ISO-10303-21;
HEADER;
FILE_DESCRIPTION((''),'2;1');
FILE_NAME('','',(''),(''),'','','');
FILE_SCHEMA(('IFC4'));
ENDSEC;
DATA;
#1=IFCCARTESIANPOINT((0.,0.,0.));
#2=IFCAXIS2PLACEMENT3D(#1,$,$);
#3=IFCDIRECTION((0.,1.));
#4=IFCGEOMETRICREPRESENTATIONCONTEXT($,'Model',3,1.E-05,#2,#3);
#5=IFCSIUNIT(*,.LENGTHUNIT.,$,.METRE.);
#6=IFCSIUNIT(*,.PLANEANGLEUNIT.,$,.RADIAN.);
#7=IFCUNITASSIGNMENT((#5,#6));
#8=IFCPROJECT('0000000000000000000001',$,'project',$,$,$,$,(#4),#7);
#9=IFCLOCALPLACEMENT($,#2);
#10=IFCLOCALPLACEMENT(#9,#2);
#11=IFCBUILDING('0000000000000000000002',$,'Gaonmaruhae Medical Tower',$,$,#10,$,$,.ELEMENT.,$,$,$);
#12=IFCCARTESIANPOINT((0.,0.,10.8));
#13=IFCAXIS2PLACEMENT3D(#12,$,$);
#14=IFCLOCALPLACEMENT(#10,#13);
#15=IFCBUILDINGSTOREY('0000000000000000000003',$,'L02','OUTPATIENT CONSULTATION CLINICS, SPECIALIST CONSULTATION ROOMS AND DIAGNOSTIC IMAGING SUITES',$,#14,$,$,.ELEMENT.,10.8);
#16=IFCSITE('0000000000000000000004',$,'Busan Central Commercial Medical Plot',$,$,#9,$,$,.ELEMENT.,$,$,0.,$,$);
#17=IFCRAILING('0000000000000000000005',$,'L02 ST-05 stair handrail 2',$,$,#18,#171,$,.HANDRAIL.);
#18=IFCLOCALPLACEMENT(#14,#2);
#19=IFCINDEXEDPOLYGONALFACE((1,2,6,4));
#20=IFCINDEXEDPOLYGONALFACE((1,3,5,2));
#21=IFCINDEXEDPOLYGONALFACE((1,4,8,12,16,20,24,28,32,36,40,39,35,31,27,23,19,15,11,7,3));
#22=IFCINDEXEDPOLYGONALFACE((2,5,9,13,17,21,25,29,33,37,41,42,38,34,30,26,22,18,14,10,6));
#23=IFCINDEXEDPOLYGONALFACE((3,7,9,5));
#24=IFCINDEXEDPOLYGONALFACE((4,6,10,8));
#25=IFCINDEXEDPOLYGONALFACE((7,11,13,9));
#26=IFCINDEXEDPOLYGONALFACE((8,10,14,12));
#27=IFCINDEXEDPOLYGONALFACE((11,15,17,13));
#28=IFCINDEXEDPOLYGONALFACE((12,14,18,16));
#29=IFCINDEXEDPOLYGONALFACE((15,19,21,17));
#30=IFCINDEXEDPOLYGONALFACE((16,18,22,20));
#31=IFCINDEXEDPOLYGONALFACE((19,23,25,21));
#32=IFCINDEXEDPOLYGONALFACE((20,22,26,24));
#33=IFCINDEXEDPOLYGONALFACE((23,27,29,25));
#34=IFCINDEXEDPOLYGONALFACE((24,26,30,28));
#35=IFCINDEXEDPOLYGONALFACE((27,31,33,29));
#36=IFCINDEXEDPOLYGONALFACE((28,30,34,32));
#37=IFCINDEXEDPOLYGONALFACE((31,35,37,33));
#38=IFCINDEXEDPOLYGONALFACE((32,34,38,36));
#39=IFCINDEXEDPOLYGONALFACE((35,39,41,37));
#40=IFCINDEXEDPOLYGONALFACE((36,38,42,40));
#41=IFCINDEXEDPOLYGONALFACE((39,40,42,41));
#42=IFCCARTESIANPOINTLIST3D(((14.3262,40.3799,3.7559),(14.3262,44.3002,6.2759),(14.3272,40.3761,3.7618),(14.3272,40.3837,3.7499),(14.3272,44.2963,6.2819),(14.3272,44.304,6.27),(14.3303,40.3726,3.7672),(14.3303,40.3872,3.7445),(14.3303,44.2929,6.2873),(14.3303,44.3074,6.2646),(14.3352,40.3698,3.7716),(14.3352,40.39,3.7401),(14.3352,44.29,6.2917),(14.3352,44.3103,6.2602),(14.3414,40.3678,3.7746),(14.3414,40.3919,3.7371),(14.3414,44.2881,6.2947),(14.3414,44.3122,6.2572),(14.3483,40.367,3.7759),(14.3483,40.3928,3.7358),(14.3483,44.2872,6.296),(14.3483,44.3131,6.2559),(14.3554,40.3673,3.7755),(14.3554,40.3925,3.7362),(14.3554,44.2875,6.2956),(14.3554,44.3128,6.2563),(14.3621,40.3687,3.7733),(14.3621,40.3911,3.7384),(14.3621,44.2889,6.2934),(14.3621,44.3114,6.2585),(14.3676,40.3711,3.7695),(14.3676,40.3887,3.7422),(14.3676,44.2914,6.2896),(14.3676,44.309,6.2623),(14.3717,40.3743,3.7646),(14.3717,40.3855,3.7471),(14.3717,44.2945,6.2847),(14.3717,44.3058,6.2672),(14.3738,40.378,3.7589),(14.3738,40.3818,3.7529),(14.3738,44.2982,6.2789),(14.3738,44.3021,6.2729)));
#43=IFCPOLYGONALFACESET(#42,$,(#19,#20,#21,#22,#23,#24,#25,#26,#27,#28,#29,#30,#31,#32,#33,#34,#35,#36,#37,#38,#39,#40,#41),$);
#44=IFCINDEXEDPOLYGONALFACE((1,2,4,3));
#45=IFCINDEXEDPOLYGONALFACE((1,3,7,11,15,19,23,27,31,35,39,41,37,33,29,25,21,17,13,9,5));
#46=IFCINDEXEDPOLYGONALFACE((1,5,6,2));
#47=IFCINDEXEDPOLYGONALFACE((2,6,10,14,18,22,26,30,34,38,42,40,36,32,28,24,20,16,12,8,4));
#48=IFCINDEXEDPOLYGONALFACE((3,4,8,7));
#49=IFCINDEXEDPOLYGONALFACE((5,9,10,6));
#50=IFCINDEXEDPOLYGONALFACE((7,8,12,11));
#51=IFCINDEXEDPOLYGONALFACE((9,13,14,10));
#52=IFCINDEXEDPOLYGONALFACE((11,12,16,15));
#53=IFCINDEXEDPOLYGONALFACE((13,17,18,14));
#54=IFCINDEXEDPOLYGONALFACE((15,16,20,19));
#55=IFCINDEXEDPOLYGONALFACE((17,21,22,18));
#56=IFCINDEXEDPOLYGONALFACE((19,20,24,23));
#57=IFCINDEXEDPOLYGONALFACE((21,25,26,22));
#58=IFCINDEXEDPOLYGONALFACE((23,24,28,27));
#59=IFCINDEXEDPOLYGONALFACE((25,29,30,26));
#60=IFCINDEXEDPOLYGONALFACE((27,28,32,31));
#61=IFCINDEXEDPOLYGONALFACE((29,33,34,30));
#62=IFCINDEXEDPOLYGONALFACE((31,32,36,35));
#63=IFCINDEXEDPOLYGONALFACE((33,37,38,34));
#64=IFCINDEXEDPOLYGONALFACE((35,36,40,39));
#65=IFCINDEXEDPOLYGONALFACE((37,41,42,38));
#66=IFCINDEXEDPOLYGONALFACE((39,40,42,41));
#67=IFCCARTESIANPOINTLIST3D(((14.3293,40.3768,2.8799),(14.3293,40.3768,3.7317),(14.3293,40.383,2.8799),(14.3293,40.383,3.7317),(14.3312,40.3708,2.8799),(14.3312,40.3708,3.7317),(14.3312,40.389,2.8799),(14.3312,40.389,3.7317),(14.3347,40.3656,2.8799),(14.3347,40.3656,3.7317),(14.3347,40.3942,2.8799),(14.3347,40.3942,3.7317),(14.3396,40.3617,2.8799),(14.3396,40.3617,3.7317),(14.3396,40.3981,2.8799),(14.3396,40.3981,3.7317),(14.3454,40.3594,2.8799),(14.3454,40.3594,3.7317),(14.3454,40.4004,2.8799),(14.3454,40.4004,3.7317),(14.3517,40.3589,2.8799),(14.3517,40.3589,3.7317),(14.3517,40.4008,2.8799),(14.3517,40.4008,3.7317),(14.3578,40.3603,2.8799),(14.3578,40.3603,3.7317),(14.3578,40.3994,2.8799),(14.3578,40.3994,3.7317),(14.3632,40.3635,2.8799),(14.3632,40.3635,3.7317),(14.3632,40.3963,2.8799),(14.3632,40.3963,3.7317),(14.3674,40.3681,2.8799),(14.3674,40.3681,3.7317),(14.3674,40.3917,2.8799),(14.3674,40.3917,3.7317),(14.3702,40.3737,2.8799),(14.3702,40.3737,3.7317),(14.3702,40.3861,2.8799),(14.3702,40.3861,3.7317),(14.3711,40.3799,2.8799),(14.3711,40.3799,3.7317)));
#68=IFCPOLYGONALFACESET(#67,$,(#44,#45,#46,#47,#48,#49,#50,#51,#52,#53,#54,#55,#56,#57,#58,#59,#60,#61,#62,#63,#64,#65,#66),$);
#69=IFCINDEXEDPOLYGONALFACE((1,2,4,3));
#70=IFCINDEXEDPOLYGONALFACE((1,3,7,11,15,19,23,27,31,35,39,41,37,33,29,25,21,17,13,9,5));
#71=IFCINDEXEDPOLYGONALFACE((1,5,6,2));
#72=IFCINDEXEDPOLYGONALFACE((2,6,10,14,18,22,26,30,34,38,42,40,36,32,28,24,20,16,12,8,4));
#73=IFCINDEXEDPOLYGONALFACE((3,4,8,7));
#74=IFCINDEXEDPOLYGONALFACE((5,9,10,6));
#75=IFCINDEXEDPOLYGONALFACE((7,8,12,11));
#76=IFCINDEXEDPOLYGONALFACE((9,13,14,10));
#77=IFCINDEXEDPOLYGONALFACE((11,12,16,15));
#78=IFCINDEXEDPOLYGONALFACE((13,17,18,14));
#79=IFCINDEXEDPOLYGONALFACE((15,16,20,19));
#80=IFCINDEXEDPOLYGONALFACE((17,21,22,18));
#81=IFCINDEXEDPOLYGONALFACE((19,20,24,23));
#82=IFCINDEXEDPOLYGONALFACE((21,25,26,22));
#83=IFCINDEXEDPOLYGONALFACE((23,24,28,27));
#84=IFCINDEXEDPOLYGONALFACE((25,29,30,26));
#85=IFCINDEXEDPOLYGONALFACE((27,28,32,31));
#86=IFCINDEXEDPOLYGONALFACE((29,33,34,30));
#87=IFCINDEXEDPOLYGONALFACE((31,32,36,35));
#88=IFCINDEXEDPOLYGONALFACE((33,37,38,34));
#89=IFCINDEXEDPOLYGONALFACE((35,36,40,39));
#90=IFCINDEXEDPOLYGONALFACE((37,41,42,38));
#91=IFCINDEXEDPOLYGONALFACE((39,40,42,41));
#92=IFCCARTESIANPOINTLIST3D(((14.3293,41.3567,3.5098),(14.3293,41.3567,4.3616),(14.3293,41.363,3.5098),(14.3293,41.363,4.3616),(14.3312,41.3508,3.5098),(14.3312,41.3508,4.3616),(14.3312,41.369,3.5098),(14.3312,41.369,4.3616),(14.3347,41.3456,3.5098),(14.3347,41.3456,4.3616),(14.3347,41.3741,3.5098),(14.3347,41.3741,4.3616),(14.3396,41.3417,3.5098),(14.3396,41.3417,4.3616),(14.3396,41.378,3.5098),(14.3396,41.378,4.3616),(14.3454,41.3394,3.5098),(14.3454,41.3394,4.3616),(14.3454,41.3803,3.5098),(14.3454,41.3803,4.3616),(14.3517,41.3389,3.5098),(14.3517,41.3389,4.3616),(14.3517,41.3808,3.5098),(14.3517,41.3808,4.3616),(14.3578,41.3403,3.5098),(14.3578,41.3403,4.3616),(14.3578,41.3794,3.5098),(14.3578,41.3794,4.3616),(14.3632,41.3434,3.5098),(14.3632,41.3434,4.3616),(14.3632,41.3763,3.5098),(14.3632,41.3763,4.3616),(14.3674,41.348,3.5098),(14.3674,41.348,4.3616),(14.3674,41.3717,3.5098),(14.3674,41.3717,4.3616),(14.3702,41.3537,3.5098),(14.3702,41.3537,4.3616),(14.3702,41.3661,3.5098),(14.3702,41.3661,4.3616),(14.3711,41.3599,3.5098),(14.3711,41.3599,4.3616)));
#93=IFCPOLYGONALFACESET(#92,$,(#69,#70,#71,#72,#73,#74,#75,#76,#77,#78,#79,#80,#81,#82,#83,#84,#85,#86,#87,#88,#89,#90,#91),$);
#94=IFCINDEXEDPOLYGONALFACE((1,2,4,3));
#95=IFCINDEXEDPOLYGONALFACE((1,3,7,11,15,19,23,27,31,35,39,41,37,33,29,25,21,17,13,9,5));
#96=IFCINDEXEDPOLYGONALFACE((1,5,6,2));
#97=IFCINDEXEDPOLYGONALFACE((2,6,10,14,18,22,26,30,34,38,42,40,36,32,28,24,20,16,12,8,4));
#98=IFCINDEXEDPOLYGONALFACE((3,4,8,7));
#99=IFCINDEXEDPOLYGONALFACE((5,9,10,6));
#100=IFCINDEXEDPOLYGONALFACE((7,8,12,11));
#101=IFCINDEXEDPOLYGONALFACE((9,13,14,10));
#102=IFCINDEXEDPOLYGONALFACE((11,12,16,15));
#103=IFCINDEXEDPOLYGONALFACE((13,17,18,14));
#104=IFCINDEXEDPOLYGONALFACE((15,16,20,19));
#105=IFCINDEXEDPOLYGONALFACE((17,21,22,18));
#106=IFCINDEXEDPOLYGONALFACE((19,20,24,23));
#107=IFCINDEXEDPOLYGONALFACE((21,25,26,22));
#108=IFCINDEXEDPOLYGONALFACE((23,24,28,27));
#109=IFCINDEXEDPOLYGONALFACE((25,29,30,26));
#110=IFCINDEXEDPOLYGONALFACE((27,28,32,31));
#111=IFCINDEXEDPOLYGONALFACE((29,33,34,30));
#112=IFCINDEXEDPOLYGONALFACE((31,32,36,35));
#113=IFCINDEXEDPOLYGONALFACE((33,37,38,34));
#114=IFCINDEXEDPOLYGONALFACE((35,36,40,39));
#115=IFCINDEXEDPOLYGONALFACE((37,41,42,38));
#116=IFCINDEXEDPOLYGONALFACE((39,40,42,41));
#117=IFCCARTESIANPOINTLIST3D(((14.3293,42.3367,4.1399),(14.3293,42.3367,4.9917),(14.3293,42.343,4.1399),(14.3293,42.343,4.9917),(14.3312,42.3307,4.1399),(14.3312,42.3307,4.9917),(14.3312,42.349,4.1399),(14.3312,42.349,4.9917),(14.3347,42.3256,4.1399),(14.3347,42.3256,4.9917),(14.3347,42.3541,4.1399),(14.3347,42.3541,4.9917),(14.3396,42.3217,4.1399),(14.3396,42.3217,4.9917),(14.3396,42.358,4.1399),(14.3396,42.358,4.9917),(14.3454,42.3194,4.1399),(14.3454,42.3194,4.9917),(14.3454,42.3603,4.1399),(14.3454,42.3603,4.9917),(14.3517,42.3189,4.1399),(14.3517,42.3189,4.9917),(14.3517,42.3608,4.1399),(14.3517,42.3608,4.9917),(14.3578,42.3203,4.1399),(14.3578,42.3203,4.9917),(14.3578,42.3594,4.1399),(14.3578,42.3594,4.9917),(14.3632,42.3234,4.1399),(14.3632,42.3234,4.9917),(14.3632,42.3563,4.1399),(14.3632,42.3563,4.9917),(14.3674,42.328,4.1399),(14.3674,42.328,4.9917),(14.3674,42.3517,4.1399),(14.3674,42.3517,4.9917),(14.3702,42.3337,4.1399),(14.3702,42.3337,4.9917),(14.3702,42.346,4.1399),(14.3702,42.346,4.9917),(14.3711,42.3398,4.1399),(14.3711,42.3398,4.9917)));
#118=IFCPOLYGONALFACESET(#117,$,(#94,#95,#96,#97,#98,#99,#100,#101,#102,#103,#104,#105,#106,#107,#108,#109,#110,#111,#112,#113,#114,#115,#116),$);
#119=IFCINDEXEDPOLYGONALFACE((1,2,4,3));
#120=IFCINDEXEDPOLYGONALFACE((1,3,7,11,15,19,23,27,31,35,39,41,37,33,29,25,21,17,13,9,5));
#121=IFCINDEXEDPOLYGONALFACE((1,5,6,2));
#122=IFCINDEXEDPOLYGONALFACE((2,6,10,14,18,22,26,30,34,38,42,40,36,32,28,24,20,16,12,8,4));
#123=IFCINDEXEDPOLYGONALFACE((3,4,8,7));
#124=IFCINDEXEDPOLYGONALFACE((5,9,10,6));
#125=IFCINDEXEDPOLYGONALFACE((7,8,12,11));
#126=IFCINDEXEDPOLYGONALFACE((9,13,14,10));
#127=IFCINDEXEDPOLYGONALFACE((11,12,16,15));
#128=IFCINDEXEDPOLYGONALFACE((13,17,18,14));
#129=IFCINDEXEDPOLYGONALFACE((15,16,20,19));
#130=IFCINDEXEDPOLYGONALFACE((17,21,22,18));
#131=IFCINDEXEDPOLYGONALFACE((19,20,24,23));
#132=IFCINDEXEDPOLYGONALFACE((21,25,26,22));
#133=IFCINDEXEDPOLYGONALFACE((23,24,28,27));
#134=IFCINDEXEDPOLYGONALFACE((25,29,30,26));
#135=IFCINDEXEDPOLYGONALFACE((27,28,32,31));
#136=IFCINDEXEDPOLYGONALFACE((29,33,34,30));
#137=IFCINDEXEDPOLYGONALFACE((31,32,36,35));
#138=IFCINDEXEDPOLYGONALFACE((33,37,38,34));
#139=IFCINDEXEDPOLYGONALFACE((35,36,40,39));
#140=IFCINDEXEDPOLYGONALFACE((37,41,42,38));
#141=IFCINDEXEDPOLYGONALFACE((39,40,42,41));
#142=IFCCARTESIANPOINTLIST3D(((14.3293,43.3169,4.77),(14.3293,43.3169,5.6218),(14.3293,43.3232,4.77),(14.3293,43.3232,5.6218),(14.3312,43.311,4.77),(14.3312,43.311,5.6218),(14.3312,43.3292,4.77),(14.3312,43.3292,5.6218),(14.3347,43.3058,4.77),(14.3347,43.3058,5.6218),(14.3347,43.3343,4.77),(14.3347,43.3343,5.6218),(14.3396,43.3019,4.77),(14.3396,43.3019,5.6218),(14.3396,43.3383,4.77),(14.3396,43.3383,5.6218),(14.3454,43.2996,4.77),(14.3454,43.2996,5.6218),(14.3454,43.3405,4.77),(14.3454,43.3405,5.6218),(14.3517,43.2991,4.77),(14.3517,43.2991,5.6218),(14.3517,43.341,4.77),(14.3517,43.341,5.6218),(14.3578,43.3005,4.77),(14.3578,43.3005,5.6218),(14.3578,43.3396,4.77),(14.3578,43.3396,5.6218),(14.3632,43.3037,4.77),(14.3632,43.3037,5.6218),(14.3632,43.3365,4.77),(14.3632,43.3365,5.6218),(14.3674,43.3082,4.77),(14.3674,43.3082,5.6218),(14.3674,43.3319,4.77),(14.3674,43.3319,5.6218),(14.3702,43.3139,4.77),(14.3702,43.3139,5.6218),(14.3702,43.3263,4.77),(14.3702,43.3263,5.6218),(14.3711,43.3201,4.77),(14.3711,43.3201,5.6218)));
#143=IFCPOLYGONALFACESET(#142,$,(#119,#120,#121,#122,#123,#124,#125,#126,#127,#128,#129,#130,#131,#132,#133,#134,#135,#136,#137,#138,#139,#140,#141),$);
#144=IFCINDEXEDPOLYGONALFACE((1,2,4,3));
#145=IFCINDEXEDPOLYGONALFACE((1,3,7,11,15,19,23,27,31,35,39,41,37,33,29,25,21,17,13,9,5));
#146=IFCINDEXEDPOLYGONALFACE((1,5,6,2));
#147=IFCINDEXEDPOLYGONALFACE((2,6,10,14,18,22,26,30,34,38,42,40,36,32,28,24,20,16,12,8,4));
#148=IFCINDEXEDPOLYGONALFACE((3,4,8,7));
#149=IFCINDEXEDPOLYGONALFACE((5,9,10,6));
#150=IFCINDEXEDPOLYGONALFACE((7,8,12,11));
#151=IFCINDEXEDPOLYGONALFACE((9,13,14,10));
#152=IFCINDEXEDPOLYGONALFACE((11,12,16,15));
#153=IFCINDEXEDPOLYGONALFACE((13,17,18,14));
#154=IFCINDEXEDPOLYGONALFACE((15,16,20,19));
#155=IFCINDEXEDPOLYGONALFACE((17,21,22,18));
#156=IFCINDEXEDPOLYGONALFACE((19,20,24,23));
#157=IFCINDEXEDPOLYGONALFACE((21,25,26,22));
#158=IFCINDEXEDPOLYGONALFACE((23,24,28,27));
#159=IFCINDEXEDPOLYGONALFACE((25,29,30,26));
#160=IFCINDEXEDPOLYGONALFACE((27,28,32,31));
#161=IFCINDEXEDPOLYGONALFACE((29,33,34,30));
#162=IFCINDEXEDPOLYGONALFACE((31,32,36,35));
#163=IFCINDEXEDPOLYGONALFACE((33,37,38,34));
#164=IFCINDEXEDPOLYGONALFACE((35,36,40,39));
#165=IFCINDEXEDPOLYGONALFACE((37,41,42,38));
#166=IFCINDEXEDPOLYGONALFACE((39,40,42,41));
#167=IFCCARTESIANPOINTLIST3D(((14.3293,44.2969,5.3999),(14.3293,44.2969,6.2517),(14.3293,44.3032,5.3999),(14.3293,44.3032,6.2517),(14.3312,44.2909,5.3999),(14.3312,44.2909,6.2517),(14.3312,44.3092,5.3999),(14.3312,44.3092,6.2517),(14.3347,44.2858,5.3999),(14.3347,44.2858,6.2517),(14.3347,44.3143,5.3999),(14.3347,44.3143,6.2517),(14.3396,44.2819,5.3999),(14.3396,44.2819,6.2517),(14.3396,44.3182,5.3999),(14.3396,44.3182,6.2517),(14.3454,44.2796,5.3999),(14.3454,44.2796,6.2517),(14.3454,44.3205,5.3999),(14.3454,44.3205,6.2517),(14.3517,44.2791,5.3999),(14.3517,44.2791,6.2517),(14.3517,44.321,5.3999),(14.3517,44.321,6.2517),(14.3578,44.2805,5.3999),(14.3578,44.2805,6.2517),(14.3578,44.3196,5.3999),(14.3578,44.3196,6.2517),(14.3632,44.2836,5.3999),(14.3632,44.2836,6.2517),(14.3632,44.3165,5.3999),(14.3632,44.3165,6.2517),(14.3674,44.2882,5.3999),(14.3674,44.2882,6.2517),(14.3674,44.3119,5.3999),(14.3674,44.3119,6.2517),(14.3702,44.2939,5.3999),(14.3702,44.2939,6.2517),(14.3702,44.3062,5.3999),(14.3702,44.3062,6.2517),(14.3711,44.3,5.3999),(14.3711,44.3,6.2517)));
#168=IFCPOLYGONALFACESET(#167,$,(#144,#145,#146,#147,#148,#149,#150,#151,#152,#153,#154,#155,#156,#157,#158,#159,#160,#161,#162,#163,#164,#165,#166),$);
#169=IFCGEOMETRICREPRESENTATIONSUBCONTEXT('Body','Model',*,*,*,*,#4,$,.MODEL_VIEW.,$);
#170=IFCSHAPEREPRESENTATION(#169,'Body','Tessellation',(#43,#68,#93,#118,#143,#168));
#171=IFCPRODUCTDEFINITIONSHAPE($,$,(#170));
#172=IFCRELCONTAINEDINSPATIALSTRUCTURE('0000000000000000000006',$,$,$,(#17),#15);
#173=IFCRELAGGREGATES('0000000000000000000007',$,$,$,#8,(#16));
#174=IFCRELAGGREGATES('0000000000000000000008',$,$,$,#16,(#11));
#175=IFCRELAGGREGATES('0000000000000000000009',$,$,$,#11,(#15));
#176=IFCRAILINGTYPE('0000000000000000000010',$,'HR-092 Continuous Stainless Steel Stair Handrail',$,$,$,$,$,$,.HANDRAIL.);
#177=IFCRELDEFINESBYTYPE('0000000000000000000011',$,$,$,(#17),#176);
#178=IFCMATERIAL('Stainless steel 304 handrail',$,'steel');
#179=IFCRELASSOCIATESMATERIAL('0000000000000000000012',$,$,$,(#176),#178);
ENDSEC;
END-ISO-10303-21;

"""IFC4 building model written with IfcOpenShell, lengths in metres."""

from ifc_helpers import new_model, si_unit, direction, frame, origin, origin_2d, place, context, subcontext, project, spatial, circle, extrude, material, type_object, element, save


model = new_model("IFC4")

# Units and contexts
model_context = context("Model", 3, precision=1e-05, world=origin(), true_north=direction((0.0, 1.0)))
body_context = subcontext(model_context, "Body", "Model", "MODEL_VIEW")
ifc_project = project(units=[si_unit("LENGTHUNIT", "METRE"), si_unit("PLANEANGLEUNIT", "RADIAN")], contexts=[model_context])

# Site, building, storey
site_placement = place(None, origin())
site = spatial("IfcSite", under=ifc_project, at=site_placement, Name="Busan Central Commercial Medical Plot", CompositionType="ELEMENT", RefElevation=0.0)
building_placement = place(site_placement, origin())
building = spatial("IfcBuilding", under=site, at=building_placement, Name="Gaonmaruhae Medical Tower", CompositionType="ELEMENT")
storey_placement = place(building_placement, frame((0.0, 0.0, 10.8)))
storey = spatial("IfcBuildingStorey", under=building, at=storey_placement, Name="L02", Description="OUTPATIENT CONSULTATION CLINICS, SPECIALIST CONSULTATION ROOMS AND DIAGNOSTIC IMAGING SUITES", CompositionType="ELEMENT", Elevation=10.8)

# Railing
ifc_material_1 = material(Name="Stainless steel 304 handrail", Category="steel")
railing_type_1 = type_object("IfcRailingType", Name="HR-092 Continuous Stainless Steel Stair Handrail", PredefinedType="HANDRAIL", material=ifc_material_1)
railing_1_placement = place(storey_placement, frame((14.3501, 40.3799, 2.8799)))
element("IfcRailing", 1, at=railing_1_placement, inside=storey, type_object=railing_type_1, Name="L02 ST-05 stair handrail 2", PredefinedType="HANDRAIL", context=body_context, shape_type="SweptSolid", body=[
    extrude(circle(Radius=0.0239, at=origin_2d()), frame((0.0, 0.0, 0.876), z_axis=(0.0, 0.841187, 0.540744), x_axis=(-1.0, 0.0, 0.0)), (0.0, 0.0, 1.0), 4.6604),
    extrude(circle(Radius=0.021, at=origin_2d()), origin(), (0.0, 0.0, 1.0), 0.8518),
    extrude(circle(Radius=0.021, at=origin_2d()), frame((0.0, 0.98, 0.6299)), (0.0, 0.0, 1.0), 0.8518),
    extrude(circle(Radius=0.021, at=origin_2d()), frame((0.0, 1.96, 1.26)), (0.0, 0.0, 1.0), 0.8518),
    extrude(circle(Radius=0.021, at=origin_2d()), frame((0.0, 2.9402, 1.8901)), (0.0, 0.0, 1.0), 0.8518),
    extrude(circle(Radius=0.021, at=origin_2d()), frame((0.0, 3.9202, 2.52)), (0.0, 0.0, 1.0), 0.8518),
])

save(model, "model.ifc")
